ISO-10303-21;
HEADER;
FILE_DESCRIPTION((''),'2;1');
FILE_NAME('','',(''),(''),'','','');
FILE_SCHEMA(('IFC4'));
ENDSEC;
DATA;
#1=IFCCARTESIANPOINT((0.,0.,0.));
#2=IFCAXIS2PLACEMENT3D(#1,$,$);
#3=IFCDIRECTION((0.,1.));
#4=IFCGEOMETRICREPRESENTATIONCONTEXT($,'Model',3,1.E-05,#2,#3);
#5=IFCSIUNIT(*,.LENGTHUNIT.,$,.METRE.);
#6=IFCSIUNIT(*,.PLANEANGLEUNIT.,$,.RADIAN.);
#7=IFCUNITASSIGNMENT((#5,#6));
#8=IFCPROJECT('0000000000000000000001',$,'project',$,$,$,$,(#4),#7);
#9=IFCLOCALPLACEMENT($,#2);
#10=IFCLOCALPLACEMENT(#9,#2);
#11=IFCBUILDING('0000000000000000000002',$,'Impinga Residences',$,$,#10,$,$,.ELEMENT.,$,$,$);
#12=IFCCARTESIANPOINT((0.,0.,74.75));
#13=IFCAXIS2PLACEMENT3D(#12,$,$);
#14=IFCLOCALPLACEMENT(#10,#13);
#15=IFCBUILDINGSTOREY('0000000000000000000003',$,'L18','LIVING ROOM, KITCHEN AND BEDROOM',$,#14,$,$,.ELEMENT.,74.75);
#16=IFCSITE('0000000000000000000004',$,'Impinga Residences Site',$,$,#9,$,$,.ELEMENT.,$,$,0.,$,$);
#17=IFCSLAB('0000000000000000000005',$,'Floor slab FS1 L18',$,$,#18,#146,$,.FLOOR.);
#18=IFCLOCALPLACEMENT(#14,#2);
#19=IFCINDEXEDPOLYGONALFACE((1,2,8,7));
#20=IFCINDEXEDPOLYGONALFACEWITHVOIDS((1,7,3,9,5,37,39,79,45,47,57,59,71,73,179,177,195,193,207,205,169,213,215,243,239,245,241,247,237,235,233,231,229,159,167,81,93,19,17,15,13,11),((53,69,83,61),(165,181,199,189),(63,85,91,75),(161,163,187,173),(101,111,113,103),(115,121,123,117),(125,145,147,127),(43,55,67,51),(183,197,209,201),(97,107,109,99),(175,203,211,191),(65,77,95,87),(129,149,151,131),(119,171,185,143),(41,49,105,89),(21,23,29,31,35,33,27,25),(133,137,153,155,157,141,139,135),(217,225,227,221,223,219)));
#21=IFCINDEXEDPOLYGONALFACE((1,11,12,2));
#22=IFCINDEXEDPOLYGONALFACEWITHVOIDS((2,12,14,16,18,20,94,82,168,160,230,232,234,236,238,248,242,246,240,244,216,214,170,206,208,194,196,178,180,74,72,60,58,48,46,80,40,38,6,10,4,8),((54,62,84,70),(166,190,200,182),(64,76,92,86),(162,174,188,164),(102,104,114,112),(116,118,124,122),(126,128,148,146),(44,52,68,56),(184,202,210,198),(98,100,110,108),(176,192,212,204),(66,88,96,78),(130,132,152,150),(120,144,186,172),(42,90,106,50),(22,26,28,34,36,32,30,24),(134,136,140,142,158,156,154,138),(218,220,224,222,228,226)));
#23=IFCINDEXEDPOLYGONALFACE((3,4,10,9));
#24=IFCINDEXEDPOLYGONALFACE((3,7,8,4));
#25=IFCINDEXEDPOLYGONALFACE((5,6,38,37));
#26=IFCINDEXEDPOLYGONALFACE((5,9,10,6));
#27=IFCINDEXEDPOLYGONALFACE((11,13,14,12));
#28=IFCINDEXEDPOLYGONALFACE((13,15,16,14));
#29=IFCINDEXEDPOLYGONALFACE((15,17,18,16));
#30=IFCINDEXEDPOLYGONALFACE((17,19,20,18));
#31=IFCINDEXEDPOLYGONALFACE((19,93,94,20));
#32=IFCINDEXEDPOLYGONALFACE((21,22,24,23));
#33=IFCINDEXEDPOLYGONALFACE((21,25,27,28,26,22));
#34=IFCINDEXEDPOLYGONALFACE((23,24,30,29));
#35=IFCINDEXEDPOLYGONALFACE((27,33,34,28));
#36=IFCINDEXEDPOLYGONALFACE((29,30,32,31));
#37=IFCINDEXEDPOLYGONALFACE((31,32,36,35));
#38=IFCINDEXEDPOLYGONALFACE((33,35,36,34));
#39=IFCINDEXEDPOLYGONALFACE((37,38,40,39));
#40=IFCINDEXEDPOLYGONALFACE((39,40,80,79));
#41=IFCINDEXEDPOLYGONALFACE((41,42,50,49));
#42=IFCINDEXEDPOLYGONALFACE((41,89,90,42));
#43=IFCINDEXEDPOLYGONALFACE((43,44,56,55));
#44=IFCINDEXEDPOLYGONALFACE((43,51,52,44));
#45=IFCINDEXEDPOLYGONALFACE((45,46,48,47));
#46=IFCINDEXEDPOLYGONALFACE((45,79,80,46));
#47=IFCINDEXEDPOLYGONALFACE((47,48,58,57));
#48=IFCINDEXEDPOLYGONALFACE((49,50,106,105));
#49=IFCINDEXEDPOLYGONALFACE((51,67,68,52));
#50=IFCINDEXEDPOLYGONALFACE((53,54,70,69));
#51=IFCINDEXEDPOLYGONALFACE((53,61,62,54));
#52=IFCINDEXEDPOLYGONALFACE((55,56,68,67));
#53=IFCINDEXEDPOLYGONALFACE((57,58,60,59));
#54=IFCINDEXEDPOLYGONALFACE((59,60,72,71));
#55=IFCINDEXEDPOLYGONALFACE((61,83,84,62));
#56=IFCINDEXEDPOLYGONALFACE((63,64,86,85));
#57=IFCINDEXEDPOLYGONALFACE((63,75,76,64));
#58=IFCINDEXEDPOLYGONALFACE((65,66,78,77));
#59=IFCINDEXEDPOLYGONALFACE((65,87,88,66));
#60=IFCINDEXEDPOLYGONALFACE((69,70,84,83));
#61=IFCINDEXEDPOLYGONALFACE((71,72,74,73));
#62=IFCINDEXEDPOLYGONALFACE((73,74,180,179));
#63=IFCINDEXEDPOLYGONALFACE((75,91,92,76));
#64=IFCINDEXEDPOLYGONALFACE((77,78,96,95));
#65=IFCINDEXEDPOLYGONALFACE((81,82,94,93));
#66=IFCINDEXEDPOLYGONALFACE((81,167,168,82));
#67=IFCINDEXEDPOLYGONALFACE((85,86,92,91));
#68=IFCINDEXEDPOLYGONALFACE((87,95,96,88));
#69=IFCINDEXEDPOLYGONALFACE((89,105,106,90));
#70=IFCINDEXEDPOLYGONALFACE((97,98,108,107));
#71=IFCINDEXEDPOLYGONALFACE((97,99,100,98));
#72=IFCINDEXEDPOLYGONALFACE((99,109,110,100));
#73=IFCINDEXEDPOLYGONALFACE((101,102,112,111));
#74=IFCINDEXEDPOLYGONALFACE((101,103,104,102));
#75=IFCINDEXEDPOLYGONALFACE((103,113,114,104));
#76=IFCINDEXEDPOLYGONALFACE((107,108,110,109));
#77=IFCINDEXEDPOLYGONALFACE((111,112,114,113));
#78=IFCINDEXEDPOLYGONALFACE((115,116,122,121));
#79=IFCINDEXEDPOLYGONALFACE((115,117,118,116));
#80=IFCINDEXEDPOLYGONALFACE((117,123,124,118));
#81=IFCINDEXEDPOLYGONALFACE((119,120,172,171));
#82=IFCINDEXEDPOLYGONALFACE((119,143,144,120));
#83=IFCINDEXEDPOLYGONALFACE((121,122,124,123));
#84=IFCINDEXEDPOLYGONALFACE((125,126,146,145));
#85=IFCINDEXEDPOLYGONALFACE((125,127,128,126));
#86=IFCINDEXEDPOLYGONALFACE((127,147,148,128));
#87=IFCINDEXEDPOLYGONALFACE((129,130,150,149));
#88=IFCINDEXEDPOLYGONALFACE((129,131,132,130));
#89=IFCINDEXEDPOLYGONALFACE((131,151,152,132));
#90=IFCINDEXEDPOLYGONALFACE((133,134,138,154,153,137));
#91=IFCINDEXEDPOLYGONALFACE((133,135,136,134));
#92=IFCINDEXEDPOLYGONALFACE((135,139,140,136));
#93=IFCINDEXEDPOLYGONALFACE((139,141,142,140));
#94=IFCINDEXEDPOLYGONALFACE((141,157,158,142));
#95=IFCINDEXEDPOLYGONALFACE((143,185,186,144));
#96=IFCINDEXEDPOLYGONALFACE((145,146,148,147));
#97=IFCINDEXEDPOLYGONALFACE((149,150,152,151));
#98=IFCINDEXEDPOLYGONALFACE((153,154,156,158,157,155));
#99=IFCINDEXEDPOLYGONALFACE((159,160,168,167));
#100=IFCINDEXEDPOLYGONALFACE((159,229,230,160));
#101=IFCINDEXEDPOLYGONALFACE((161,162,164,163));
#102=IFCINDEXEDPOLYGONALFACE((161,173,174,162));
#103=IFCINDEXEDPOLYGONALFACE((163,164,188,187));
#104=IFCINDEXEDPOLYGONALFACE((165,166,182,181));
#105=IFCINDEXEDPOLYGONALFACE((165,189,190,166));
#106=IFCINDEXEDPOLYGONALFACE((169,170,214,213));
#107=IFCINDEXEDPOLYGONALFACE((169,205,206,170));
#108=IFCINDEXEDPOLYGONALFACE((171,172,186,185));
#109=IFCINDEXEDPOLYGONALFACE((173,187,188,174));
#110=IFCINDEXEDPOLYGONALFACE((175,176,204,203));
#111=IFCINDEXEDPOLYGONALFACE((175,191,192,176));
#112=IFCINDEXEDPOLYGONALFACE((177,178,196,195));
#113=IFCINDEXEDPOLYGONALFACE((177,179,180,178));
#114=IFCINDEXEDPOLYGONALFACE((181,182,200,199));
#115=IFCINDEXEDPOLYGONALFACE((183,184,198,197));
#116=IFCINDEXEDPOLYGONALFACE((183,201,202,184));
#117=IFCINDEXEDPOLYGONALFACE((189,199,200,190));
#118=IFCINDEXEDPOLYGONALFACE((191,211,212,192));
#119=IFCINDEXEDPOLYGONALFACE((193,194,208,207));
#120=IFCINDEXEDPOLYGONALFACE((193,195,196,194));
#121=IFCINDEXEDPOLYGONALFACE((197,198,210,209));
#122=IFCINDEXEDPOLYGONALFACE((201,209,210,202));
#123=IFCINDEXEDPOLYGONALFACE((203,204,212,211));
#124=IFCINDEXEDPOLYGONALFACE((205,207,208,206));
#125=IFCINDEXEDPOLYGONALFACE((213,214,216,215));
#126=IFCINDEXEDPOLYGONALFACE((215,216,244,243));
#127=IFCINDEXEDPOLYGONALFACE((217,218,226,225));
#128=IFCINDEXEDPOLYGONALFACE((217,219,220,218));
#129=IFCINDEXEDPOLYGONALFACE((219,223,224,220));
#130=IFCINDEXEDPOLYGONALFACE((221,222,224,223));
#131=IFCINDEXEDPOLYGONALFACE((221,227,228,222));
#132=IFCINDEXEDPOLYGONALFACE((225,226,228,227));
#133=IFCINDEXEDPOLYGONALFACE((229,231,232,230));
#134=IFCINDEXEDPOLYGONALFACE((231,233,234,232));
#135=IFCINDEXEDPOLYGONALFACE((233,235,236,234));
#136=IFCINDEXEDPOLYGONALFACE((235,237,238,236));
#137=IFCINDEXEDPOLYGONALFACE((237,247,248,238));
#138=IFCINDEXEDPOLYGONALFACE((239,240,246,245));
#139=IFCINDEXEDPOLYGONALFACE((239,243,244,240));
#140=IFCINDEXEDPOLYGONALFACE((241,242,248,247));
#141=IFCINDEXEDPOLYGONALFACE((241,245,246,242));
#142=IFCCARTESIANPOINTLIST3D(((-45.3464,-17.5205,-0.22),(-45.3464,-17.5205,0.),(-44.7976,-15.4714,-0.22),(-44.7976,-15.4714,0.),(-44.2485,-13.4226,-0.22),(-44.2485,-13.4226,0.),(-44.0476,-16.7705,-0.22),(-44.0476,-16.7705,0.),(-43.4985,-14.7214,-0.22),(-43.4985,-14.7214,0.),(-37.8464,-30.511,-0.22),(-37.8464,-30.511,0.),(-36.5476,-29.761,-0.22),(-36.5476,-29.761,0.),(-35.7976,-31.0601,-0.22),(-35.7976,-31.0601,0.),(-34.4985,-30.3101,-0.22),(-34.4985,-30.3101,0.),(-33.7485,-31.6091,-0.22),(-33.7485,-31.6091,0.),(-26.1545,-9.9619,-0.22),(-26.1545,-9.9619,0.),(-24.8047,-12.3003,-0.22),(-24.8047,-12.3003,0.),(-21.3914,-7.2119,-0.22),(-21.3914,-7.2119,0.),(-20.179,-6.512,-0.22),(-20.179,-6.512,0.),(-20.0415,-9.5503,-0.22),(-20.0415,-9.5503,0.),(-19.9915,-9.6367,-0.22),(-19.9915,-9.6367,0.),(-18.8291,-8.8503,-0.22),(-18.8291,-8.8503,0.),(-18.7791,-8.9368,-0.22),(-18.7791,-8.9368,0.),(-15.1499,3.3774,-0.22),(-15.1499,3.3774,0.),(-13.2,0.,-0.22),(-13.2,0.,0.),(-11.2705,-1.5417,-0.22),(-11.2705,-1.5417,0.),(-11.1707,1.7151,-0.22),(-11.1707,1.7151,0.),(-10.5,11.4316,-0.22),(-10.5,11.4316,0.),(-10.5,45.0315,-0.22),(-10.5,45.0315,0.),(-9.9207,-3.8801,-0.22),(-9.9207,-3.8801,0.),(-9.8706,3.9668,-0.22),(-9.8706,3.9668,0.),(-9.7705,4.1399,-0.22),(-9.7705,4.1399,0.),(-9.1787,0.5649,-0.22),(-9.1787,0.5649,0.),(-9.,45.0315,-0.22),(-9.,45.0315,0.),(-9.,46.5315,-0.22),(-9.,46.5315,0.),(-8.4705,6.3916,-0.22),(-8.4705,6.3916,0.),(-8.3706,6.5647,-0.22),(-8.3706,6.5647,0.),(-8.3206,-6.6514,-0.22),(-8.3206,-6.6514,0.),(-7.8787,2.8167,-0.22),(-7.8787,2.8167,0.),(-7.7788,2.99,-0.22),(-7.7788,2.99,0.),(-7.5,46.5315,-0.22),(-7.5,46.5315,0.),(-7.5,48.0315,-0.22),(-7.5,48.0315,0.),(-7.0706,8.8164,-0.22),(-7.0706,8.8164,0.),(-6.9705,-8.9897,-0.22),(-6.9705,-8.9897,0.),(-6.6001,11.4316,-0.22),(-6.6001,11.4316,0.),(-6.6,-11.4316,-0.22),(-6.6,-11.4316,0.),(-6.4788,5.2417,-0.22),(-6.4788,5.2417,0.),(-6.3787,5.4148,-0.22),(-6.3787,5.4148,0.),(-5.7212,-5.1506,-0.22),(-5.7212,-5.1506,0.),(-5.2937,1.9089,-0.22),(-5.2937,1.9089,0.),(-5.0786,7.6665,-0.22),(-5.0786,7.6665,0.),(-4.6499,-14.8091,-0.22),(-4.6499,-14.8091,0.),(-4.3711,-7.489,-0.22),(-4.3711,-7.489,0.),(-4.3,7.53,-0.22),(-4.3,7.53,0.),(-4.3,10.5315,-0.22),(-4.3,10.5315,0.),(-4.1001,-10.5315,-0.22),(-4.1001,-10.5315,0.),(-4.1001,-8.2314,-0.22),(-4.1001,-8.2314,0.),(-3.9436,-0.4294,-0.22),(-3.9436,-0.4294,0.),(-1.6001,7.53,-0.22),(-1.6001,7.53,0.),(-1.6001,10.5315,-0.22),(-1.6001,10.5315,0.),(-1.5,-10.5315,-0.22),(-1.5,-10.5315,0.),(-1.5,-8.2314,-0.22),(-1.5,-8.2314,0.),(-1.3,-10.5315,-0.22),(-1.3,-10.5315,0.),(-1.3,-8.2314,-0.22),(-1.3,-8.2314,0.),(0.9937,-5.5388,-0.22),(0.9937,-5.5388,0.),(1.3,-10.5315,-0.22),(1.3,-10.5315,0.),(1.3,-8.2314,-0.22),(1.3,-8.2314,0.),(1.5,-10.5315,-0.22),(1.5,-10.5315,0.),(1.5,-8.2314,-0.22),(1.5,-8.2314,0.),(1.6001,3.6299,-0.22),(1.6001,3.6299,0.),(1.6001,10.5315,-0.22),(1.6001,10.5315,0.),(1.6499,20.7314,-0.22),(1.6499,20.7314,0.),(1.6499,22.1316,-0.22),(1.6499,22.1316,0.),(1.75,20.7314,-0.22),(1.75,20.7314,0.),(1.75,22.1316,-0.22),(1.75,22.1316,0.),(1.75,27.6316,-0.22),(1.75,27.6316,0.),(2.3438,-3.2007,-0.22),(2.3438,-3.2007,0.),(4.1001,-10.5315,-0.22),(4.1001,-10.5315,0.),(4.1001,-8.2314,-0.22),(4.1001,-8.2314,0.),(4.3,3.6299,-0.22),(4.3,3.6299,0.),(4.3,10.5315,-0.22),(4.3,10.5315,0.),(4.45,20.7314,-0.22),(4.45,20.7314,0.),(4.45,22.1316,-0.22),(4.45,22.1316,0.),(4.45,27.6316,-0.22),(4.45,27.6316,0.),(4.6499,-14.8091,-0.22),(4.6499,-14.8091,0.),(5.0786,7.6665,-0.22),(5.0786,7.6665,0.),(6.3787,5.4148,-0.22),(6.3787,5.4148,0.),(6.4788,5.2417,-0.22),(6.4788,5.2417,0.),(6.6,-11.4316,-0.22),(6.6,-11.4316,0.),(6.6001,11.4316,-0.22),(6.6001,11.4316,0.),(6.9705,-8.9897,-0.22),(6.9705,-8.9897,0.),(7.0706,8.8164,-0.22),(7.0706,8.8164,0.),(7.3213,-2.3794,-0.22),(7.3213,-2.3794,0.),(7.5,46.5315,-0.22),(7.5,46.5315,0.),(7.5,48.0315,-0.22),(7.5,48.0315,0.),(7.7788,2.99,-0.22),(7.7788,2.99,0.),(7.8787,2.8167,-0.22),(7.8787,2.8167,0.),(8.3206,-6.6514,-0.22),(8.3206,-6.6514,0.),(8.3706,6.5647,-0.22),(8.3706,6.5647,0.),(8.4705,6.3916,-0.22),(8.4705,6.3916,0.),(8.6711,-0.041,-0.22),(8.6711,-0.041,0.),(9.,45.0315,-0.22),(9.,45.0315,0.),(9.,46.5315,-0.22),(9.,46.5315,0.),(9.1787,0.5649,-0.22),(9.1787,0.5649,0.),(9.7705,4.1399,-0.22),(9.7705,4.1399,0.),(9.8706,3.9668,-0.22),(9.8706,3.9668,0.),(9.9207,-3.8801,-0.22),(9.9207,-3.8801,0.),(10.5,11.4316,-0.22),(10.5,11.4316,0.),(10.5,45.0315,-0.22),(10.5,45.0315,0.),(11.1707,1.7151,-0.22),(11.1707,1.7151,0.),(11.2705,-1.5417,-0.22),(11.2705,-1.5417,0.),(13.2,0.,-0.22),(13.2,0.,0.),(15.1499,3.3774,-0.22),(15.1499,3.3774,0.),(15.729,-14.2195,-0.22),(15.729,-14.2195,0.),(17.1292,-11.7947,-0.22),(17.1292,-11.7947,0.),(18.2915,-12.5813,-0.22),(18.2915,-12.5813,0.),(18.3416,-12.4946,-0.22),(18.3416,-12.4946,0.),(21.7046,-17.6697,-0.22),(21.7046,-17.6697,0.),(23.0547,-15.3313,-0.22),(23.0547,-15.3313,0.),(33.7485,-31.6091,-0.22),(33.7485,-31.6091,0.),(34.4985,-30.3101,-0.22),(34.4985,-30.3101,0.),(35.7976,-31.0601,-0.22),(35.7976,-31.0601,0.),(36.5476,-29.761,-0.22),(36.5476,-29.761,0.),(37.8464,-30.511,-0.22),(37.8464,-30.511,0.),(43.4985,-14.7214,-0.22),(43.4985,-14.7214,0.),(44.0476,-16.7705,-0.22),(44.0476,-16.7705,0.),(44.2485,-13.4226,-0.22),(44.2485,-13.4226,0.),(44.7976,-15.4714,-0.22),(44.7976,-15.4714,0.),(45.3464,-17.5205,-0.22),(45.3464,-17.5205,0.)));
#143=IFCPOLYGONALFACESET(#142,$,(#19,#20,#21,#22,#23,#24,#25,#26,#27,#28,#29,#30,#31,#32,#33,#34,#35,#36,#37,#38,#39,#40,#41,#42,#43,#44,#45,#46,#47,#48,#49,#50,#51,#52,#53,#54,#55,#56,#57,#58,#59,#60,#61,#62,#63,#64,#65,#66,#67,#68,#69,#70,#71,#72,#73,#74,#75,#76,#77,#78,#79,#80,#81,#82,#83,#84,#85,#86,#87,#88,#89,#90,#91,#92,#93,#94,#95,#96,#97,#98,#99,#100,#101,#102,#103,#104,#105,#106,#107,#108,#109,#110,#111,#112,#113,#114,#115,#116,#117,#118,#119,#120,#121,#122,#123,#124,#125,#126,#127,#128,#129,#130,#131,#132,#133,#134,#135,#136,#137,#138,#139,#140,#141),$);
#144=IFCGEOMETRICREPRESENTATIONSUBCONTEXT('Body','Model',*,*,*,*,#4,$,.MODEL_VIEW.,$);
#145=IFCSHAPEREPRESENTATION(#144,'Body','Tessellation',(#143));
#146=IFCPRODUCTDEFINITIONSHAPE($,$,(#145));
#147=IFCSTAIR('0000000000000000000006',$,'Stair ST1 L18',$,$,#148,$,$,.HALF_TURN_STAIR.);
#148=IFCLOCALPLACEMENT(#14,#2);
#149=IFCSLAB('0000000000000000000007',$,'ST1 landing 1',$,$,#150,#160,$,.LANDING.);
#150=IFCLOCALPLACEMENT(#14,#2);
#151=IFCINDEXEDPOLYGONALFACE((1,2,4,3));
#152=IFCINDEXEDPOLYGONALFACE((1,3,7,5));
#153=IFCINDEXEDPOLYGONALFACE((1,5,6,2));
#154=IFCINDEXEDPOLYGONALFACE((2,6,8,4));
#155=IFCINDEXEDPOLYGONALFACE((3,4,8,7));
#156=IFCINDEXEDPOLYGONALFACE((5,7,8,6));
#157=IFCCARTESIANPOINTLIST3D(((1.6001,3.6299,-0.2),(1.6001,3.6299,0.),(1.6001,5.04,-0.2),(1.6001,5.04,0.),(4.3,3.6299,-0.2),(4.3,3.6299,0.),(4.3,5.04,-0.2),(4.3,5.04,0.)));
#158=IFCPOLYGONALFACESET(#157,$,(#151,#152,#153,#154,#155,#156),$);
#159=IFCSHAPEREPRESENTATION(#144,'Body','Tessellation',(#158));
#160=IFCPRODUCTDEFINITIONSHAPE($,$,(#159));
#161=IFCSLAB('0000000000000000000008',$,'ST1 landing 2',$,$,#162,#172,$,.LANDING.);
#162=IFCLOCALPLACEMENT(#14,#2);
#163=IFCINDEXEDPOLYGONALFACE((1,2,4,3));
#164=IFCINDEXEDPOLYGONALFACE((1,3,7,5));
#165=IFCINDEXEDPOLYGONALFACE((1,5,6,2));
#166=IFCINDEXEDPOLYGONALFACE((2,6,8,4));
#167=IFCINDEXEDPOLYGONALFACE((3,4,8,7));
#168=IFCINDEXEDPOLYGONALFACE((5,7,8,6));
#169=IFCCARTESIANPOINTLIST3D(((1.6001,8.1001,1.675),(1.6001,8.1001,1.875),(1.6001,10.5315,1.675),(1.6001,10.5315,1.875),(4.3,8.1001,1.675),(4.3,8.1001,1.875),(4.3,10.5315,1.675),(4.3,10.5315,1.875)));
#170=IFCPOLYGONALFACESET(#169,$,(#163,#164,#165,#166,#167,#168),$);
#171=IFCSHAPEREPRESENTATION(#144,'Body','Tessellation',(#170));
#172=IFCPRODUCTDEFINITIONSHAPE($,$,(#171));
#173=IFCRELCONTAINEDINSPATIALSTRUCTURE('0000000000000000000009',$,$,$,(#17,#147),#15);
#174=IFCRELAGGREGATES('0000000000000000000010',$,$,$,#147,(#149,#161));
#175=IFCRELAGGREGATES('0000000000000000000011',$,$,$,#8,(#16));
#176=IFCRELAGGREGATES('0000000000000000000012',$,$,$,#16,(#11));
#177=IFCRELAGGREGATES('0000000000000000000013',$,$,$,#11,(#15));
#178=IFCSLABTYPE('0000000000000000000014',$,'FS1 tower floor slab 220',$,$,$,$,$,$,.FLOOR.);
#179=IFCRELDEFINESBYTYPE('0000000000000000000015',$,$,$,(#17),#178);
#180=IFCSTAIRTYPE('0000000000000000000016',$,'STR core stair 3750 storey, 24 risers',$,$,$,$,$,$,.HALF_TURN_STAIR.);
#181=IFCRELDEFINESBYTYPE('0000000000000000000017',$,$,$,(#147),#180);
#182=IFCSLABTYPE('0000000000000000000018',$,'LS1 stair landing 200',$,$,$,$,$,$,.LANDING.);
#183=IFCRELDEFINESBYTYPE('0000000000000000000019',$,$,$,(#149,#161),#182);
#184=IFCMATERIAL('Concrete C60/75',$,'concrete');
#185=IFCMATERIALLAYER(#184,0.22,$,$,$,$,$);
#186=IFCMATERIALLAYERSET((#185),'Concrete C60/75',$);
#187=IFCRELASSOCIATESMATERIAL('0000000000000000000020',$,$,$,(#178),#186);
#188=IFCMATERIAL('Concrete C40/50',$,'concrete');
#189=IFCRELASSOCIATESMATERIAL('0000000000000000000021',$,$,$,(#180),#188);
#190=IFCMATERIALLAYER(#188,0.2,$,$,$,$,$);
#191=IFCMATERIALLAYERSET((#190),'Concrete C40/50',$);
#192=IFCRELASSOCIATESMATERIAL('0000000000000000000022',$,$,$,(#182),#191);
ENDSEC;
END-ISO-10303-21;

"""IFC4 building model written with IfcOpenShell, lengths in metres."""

from ifc_helpers import new_model, si_unit, direction, frame, origin, place, context, subcontext, project, spatial, polyline, outline, extrude, material, layer, layer_set, type_object, element, aggregate, save


model = new_model("IFC4")

# Units and contexts
model_context = context("Model", 3, precision=1e-05, world=origin(), true_north=direction((0.0, 1.0)))
body_context = subcontext(model_context, "Body", "Model", "MODEL_VIEW")
ifc_project = project(units=[si_unit("LENGTHUNIT", "METRE"), si_unit("PLANEANGLEUNIT", "RADIAN")], contexts=[model_context])

# Site, building, storey
site_placement = place(None, origin())
site = spatial("IfcSite", under=ifc_project, at=site_placement, Name="Impinga Residences Site", CompositionType="ELEMENT", RefElevation=0.0)
building_placement = place(site_placement, origin())
building = spatial("IfcBuilding", under=site, at=building_placement, Name="Impinga Residences", CompositionType="ELEMENT")
storey_placement = place(building_placement, frame((0.0, 0.0, 74.75)))
storey = spatial("IfcBuildingStorey", under=building, at=storey_placement, Name="L18", Description="LIVING ROOM, KITCHEN AND BEDROOM", CompositionType="ELEMENT", Elevation=74.75)

# Slab
ifc_material_1 = material(Name="Concrete C60/75", Category="concrete")
ifc_layer_1 = layer(ifc_material_1, 0.22)
ifc_layer_set_1 = layer_set([ifc_layer_1], Name="Concrete C60/75")
slab_type_1 = type_object("IfcSlabType", Name="FS1 tower floor slab 220", PredefinedType="FLOOR", material=ifc_layer_set_1)
slab_1_placement = place(storey_placement, frame((0.0, 0.0, -0.22)))
element("IfcSlab", 1, at=slab_1_placement, inside=storey, type_object=slab_type_1, Name="Floor slab FS1 L18", PredefinedType="FLOOR", context=body_context, shape_type="SweptSolid", body=[
    extrude(outline(polyline([(-34.4985, -30.3101), (-35.7976, -31.0601), (-36.5476, -29.761), (-37.8464, -30.511), (-45.3464, -17.5205), (-44.0476, -16.7705), (-44.7976, -15.4714), (-43.4985, -14.7214), (-44.2485, -13.4226), (-15.1499, 3.3774), (-13.2, 0.0), (-6.6001, 11.4316), (-10.5, 11.4316), (-10.5, 45.0315), (-9.0, 45.0315), (-9.0, 46.5315), (-7.5, 46.5315), (-7.5, 48.0315), (7.5, 48.0315), (7.5, 46.5315), (9.0, 46.5315), (9.0, 45.0315), (10.5, 45.0315), (10.5, 11.4316), (6.6001, 11.4316), (13.2, 0.0), (15.1499, 3.3774), (44.2485, -13.4226), (43.4985, -14.7214), (44.7976, -15.4714), (44.0476, -16.7705), (45.3464, -17.5205), (37.8464, -30.511), (36.5476, -29.761), (35.7976, -31.0601), (34.4985, -30.3101), (33.7485, -31.6091), (4.6499, -14.8091), (9.9001, -5.7158), (6.6001, -11.4316), (-6.6001, -11.4316), (-9.9001, -5.7158), (-4.6499, -14.8091), (-33.7485, -31.6091), (-34.4985, -30.3101)]), holes=[polyline([(-21.3914, -7.2119), (-26.1545, -9.9619), (-24.8047, -12.3003), (-20.0415, -9.5503), (-19.9915, -9.6367), (-18.7791, -8.9368), (-18.8291, -8.8503), (-18.8291, -8.8503), (-20.179, -6.512), (-21.3914, -7.2119), (-21.3914, -7.2119)]), polyline([(-1.5, -8.2314), (-4.1001, -8.2314), (-4.1001, -10.5315), (-1.5, -10.5315), (-1.5, -8.2314)]), polyline([(1.3, -8.2314), (-1.3, -8.2314), (-1.3, -10.5315), (1.3, -10.5315), (1.3, -8.2314)]), polyline([(1.5, -8.2314), (1.5, -10.5315), (4.1001, -10.5315), (4.1001, -8.2314), (1.5, -8.2314)]), polyline([(-5.7212, -5.1506), (-8.3206, -6.6514), (-6.9705, -8.9897), (-4.3711, -7.489), (-5.7212, -5.1506)]), polyline([(-3.9436, -0.4294), (-5.2937, 1.9089), (-11.2705, -1.5417), (-9.9207, -3.8801), (-3.9436, -0.4294)]), polyline([(-9.1787, 0.5649), (-7.8787, 2.8167), (-9.8706, 3.9668), (-11.1707, 1.7151), (-9.1787, 0.5649)]), polyline([(-6.4788, 5.2417), (-8.4705, 6.3916), (-9.7705, 4.1399), (-7.7788, 2.99), (-6.4788, 5.2417)]), polyline([(-6.3787, 5.4148), (-5.0786, 7.6665), (-7.0706, 8.8164), (-8.3706, 6.5647), (-6.3787, 5.4148)]), polyline([(-4.3, 7.53), (-1.6001, 7.53), (-1.6001, 10.5315), (-4.3, 10.5315), (-4.3, 7.53)]), polyline([(15.729, -14.2195), (21.7046, -17.6697), (23.0547, -15.3313), (18.2915, -12.5813), (18.3416, -12.4946), (17.1292, -11.7947), (15.729, -14.2195)]), polyline([(0.9937, -5.5388), (6.9705, -8.9897), (8.3206, -6.6514), (2.3438, -3.2007), (0.9937, -5.5388)]), polyline([(8.6711, -0.041), (7.3213, -2.3794), (9.9207, -3.8801), (11.2705, -1.5417), (8.6711, -0.041)]), polyline([(7.8787, 2.8167), (9.1787, 0.5649), (11.1707, 1.7151), (9.8706, 3.9668), (7.8787, 2.8167)]), polyline([(7.7788, 2.99), (9.7705, 4.1399), (8.4705, 6.3916), (6.4788, 5.2417), (7.7788, 2.99)]), polyline([(1.6001, 3.6299), (4.3, 3.6299), (4.3, 10.5315), (1.6001, 10.5315), (1.6001, 3.6299)]), polyline([(5.0786, 7.6665), (6.3787, 5.4148), (8.3706, 6.5647), (7.0706, 8.8164), (5.0786, 7.6665)]), polyline([(1.75, 22.1316), (1.6499, 22.1316), (1.6499, 20.7314), (1.75, 20.7314), (4.45, 20.7314), (4.45, 22.1316), (4.45, 27.6316), (1.75, 27.6316), (1.75, 22.1316)])]), origin(), (0.0, 0.0, 1.0), 0.22),
])

# Stair, slabs
ifc_material_2 = material(Name="Concrete C40/50", Category="concrete")
stair_type = type_object("IfcStairType", Name="STR core stair 3750 storey, 24 risers", PredefinedType="HALF_TURN_STAIR", material=ifc_material_2)
stair_1_placement = place(storey_placement, origin())
stair_1 = element("IfcStair", 2, at=stair_1_placement, inside=storey, type_object=stair_type, Name="Stair ST1 L18", PredefinedType="HALF_TURN_STAIR")
ifc_layer_2 = layer(ifc_material_2, 0.2)
ifc_layer_set_2 = layer_set([ifc_layer_2], Name="Concrete C40/50")
slab_type_2 = type_object("IfcSlabType", Name="LS1 stair landing 200", PredefinedType="LANDING", material=ifc_layer_set_2)
slab_2_placement = place(storey_placement, frame((0.0, 0.0, -0.2)))
slab_2 = element("IfcSlab", 3, at=slab_2_placement, type_object=slab_type_2, Name="ST1 landing 1", PredefinedType="LANDING", context=body_context, shape_type="SweptSolid", body=[
    extrude(outline(polyline([(1.6001, 3.6299), (4.3, 3.6299), (4.3, 5.04), (1.6001, 5.04), (1.6001, 3.6299)])), origin(), (0.0, 0.0, 1.0), 0.2),
])
slab_3_placement = place(storey_placement, frame((0.0, 0.0, 1.675)))
slab_3 = element("IfcSlab", 4, at=slab_3_placement, type_object=slab_type_2, Name="ST1 landing 2", PredefinedType="LANDING", context=body_context, shape_type="SweptSolid", body=[
    extrude(outline(polyline([(1.6001, 8.1001), (4.3, 8.1001), (4.3, 10.5315), (1.6001, 10.5315), (1.6001, 8.1001)])), origin(), (0.0, 0.0, 1.0), 0.2),
])
aggregate(stair_1, [slab_2, slab_3])

save(model, "model.ifc")
